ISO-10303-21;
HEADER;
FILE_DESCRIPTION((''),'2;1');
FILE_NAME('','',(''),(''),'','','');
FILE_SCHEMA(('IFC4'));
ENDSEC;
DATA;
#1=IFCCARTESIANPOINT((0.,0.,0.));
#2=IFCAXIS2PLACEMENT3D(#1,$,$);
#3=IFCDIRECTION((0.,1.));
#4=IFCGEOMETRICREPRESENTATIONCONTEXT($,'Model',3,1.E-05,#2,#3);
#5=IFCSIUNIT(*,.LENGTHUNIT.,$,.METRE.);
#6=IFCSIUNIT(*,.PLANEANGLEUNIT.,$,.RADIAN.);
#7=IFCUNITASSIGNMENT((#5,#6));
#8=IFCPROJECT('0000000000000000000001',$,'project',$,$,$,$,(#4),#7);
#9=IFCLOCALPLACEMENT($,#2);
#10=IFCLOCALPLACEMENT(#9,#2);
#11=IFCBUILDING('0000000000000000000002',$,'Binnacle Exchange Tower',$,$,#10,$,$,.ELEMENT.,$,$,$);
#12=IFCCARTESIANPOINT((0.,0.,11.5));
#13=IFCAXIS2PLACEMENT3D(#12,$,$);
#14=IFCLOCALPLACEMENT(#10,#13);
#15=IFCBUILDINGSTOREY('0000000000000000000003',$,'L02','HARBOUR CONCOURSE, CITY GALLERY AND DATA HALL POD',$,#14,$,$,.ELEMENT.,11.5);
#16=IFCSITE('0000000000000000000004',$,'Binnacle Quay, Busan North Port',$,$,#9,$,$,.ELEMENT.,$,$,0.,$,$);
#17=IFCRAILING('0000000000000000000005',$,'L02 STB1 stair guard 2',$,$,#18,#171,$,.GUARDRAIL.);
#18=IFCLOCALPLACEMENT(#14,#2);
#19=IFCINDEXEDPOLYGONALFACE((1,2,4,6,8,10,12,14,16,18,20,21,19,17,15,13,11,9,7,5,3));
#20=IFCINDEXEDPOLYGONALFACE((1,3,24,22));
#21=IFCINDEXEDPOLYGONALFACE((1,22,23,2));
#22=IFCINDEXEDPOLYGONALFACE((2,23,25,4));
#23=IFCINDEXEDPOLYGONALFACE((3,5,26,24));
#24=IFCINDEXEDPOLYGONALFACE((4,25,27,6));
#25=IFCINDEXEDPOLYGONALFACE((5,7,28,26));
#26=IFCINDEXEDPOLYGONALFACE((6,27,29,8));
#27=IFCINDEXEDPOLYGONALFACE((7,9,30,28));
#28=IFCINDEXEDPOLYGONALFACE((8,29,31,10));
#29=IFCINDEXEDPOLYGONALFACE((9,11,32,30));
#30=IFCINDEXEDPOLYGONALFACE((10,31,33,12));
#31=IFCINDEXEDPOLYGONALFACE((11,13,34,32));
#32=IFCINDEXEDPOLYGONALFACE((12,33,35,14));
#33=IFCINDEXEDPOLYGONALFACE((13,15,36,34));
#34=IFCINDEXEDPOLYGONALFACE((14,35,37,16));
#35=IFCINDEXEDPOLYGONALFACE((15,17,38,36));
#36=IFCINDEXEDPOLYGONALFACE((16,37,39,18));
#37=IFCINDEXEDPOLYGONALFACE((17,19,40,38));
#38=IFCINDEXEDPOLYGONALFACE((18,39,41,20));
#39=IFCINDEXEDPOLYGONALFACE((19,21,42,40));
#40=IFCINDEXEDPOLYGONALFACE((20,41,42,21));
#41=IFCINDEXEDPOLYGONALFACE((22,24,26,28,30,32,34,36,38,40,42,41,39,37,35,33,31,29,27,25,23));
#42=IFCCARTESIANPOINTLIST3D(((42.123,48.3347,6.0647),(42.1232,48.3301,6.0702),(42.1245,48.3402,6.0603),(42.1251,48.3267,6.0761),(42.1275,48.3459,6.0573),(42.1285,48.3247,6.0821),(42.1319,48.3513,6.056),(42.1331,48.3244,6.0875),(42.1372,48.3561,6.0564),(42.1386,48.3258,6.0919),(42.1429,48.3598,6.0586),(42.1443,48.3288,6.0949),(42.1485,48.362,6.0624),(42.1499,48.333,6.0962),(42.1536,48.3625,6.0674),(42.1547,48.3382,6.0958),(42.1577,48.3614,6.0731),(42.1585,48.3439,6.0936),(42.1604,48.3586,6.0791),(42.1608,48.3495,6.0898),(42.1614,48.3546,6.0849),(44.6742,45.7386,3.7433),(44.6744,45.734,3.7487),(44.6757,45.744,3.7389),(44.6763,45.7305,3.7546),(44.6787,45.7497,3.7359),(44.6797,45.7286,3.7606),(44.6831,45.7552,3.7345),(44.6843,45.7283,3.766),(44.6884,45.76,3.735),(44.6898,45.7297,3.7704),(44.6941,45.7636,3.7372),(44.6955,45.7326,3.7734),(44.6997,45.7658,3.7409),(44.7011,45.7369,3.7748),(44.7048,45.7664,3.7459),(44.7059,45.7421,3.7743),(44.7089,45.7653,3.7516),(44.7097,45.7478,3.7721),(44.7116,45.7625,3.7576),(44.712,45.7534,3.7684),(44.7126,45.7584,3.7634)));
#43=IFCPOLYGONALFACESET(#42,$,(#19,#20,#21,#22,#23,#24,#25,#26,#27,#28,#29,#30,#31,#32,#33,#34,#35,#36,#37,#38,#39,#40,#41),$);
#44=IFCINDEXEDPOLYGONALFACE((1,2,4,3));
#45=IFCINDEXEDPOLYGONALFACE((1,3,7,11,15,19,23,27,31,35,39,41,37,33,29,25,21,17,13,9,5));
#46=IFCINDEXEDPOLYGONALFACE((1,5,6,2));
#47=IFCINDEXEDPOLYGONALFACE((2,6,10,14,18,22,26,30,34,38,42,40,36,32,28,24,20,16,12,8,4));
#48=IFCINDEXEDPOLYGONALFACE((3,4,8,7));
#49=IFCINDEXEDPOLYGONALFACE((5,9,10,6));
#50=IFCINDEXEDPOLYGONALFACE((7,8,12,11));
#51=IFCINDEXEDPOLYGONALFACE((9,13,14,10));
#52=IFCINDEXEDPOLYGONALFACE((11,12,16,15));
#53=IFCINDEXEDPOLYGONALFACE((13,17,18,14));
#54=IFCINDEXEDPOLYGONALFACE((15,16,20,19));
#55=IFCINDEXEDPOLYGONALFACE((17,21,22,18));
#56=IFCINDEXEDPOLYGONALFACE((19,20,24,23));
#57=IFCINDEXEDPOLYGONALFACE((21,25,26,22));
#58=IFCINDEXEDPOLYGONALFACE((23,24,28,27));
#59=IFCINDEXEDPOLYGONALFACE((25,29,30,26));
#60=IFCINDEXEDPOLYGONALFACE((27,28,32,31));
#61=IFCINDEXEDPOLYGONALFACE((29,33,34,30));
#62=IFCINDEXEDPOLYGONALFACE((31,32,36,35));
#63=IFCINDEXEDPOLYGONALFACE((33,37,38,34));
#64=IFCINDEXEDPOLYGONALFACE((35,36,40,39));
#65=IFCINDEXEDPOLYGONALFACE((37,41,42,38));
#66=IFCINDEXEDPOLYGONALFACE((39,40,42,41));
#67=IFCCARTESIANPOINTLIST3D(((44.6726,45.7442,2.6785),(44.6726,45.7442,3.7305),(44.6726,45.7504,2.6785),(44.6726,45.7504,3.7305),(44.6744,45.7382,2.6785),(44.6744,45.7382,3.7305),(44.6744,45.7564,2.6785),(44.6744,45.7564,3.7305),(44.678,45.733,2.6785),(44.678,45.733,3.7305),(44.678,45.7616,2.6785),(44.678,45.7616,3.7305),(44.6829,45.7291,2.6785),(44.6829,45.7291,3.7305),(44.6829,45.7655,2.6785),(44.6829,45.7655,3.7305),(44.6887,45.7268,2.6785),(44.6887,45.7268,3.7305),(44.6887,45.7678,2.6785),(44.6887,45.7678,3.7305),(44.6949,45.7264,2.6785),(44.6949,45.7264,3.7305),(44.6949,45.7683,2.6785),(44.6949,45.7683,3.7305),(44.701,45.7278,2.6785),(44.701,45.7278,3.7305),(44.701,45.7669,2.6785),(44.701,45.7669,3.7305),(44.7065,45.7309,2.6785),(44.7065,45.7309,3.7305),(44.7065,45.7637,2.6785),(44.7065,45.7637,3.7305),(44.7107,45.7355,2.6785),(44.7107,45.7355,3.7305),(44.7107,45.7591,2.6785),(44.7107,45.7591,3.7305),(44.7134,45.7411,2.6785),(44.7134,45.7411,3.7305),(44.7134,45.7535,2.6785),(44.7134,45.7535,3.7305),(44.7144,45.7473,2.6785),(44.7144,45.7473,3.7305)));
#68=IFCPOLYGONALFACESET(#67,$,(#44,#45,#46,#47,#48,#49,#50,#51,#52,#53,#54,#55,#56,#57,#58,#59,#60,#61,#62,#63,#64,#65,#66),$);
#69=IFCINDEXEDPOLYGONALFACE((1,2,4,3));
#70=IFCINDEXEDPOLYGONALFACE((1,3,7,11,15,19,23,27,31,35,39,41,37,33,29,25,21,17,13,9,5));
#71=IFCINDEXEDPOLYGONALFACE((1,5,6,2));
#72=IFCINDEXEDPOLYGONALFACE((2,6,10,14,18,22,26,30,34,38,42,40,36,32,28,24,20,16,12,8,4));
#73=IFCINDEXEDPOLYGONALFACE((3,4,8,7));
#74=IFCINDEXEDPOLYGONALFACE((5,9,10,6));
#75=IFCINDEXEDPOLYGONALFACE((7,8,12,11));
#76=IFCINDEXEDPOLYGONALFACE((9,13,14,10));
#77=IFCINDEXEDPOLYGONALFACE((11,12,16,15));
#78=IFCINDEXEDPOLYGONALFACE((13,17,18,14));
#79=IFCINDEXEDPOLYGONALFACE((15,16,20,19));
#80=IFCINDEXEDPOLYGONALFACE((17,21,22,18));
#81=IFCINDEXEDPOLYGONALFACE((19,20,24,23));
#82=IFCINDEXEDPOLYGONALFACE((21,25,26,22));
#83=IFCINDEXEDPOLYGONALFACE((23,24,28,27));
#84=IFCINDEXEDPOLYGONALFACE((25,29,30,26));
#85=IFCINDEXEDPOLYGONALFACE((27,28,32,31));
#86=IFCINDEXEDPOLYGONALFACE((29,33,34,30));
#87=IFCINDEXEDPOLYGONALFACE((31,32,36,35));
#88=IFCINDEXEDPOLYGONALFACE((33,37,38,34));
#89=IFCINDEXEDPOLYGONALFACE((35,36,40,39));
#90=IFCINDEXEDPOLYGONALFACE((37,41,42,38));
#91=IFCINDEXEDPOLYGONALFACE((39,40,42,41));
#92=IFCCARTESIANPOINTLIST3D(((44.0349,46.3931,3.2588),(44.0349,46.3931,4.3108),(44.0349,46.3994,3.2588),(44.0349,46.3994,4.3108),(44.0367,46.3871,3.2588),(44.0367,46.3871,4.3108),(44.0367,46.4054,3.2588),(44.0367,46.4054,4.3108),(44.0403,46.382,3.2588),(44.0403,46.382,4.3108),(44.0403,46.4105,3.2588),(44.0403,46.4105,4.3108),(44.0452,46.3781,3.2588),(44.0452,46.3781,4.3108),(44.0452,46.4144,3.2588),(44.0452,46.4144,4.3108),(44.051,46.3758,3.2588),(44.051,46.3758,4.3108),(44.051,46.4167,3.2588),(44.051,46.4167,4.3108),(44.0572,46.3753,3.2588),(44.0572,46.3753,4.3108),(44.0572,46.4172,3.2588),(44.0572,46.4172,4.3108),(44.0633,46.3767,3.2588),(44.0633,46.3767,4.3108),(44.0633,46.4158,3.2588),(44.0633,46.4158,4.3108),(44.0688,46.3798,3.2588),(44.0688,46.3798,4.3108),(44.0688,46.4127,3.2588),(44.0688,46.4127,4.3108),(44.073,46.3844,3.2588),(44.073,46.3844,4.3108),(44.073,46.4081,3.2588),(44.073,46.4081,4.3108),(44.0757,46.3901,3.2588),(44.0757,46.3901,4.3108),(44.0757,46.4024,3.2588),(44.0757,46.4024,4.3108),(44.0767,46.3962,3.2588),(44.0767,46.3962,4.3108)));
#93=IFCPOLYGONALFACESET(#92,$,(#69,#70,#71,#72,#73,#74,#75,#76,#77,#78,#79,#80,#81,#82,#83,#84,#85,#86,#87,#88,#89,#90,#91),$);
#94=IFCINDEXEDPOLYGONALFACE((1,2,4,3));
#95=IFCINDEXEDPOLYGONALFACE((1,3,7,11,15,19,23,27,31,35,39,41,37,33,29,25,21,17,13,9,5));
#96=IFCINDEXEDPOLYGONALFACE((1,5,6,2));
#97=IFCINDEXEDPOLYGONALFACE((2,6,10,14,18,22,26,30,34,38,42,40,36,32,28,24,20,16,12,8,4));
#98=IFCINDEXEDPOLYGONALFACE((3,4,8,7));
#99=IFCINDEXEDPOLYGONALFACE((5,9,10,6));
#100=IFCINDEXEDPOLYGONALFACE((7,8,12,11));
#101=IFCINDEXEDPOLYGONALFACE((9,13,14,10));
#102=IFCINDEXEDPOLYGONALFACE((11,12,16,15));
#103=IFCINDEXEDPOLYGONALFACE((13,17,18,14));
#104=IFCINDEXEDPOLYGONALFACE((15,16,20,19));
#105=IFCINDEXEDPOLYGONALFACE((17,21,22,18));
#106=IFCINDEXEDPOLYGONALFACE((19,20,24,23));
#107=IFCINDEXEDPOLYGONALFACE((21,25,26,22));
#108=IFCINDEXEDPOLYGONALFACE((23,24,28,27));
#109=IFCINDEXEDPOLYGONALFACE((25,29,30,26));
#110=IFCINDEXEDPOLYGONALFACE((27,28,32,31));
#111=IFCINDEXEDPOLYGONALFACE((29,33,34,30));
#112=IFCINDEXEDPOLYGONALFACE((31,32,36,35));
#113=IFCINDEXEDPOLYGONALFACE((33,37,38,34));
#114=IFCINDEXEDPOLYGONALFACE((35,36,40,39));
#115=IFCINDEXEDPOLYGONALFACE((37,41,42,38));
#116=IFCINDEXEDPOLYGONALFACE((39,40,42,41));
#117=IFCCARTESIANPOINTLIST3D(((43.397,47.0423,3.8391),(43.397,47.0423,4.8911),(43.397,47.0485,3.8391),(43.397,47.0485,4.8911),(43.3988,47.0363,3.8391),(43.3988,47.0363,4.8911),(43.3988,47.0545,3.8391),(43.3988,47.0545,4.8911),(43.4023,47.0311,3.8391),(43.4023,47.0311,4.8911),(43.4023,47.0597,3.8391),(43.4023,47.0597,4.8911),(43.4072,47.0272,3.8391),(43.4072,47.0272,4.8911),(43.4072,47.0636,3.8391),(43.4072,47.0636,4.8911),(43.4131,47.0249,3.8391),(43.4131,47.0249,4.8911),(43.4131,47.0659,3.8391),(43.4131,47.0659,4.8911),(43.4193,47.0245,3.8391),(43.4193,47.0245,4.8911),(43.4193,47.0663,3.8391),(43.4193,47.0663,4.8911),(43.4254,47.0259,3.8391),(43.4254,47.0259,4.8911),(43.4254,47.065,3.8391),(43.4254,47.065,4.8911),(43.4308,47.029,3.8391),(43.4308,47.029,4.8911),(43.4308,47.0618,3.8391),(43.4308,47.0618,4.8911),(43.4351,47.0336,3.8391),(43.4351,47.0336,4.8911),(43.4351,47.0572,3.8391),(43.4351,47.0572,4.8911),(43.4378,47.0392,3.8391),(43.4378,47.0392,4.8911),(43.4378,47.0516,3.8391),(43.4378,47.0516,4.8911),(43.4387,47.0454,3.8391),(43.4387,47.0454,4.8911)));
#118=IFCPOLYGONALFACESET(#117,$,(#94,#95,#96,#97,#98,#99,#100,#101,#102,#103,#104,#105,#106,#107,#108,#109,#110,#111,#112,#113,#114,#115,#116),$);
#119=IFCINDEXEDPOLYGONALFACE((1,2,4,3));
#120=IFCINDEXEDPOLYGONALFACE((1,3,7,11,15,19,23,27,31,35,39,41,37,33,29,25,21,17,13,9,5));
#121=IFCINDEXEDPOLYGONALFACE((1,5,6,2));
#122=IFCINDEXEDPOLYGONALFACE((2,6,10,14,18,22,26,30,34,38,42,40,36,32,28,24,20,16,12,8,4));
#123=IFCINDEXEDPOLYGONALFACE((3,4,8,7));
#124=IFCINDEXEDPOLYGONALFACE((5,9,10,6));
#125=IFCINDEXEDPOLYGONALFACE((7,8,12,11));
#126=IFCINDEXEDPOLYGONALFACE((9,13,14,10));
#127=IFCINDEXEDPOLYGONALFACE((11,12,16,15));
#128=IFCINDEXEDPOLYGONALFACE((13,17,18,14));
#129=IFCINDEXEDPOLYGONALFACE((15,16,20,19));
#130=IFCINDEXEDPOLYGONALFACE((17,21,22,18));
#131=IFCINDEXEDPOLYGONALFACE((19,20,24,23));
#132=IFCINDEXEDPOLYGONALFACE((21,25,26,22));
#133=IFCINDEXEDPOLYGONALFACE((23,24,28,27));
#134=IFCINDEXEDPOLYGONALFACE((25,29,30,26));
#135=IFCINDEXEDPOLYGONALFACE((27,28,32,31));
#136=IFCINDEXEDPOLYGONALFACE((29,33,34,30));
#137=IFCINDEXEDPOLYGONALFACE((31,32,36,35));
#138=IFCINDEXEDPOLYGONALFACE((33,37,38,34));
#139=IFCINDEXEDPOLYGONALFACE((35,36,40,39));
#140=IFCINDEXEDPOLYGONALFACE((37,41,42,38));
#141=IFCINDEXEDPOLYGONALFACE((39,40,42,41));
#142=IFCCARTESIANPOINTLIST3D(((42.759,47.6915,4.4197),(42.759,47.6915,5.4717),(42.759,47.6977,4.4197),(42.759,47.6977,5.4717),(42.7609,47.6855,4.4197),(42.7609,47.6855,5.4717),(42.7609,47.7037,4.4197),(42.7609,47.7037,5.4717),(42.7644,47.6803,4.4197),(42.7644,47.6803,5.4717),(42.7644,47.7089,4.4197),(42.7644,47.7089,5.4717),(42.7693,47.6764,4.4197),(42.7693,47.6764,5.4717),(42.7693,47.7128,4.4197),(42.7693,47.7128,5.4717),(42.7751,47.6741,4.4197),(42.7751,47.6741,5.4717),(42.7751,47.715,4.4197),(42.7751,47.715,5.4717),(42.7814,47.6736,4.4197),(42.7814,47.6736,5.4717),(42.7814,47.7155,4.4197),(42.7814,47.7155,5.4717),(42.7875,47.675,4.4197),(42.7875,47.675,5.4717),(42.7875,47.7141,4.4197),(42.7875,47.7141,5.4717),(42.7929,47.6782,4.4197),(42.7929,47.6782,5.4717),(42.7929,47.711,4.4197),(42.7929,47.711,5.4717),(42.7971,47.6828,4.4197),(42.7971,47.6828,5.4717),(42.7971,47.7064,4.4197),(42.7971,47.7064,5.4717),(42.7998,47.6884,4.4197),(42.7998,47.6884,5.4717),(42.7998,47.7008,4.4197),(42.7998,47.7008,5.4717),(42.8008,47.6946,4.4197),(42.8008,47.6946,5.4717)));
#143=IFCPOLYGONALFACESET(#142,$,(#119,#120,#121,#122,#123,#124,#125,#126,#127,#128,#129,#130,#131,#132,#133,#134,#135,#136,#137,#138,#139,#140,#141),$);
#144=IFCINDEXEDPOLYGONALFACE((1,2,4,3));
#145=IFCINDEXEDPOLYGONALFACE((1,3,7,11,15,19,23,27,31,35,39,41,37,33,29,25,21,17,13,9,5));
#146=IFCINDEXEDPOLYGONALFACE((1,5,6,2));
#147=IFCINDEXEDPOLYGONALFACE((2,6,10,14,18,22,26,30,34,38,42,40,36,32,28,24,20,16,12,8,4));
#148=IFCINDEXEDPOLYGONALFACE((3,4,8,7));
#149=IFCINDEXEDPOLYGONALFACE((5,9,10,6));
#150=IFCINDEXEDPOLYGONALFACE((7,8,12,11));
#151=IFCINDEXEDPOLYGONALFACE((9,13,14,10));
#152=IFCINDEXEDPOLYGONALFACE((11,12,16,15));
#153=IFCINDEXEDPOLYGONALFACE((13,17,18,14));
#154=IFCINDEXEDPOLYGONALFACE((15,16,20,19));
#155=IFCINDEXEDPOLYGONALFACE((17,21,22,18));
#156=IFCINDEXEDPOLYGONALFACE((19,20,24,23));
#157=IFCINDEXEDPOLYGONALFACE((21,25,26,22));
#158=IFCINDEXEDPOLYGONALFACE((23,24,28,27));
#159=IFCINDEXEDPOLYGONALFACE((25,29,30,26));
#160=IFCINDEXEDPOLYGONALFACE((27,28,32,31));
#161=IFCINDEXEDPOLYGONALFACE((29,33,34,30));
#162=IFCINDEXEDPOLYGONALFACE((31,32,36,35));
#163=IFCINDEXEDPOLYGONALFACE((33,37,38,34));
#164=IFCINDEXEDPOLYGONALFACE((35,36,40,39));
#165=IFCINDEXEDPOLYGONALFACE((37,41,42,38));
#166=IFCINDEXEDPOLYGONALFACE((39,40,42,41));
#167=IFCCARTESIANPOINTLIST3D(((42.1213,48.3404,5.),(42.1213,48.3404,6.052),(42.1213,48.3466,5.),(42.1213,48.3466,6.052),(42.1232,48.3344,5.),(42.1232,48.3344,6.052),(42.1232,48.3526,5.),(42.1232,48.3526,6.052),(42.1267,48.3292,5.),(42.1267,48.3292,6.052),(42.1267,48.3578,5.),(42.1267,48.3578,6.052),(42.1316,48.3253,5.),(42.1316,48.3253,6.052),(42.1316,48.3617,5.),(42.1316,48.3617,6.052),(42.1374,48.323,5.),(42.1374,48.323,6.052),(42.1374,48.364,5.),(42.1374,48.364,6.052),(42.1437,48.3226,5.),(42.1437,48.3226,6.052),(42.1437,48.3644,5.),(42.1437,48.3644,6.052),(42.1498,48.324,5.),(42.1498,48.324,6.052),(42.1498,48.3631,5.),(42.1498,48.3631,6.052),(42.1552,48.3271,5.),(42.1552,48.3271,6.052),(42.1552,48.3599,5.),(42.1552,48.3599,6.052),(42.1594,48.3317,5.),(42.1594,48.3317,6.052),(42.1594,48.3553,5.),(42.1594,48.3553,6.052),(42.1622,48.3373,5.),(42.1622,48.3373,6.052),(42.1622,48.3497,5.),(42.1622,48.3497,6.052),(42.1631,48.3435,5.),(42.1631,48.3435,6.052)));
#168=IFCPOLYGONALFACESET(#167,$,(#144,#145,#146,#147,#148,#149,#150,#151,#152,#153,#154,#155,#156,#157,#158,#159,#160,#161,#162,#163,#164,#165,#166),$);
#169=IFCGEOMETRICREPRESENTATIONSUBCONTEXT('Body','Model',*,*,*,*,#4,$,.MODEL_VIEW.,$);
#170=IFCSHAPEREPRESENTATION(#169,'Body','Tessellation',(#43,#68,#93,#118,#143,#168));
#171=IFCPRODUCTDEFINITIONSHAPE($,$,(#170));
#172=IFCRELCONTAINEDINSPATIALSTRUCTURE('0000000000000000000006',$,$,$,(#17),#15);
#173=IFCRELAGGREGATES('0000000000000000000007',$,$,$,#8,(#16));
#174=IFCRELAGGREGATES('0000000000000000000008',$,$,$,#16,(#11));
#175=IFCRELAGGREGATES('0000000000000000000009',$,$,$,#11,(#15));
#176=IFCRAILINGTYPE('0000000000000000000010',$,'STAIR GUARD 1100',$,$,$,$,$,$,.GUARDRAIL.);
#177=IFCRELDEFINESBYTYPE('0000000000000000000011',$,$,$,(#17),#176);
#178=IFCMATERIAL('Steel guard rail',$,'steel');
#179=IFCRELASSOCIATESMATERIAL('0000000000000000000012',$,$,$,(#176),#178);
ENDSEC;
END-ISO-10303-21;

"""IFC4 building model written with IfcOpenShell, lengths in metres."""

from ifc_helpers import new_model, si_unit, direction, frame, origin, origin_2d, place, context, subcontext, project, spatial, circle, extrude, material, type_object, element, save


model = new_model("IFC4")

# Units and contexts
model_context = context("Model", 3, precision=1e-05, world=origin(), true_north=direction((0.0, 1.0)))
body_context = subcontext(model_context, "Body", "Model", "MODEL_VIEW")
ifc_project = project(units=[si_unit("LENGTHUNIT", "METRE"), si_unit("PLANEANGLEUNIT", "RADIAN")], contexts=[model_context])

# Site, building, storey
site_placement = place(None, origin())
site = spatial("IfcSite", under=ifc_project, at=site_placement, Name="Binnacle Quay, Busan North Port", CompositionType="ELEMENT", RefElevation=0.0)
building_placement = place(site_placement, origin())
building = spatial("IfcBuilding", under=site, at=building_placement, Name="Binnacle Exchange Tower", CompositionType="ELEMENT")
storey_placement = place(building_placement, frame((0.0, 0.0, 11.5)))
storey = spatial("IfcBuildingStorey", under=building, at=storey_placement, Name="L02", Description="HARBOUR CONCOURSE, CITY GALLERY AND DATA HALL POD", CompositionType="ELEMENT", Elevation=11.5)

# Railing
ifc_material_1 = material(Name="Steel guard rail", Category="steel")
railing_type_1 = type_object("IfcRailingType", Name="STAIR GUARD 1100", PredefinedType="GUARDRAIL", material=ifc_material_1)
railing_1_placement = place(storey_placement, frame((44.6934, 45.7473, 2.6785)))
element("IfcRailing", 1, at=railing_1_placement, inside=storey, type_object=railing_type_1, Name="L02 STB1 stair guard 2", PredefinedType="GUARDRAIL", context=body_context, shape_type="SweptSolid", body=[
    extrude(circle(Radius=0.0239, at=origin_2d()), frame((0.0, 0.0, 1.0762), z_axis=(-0.590947, 0.601352, 0.537733), x_axis=(-0.713251, -0.700909, 0.0)), (0.0, 0.0, 1.0), 4.3171),
    extrude(circle(Radius=0.021, at=origin_2d()), origin(), (0.0, 0.0, 1.0), 1.052),
    extrude(circle(Radius=0.021, at=origin_2d()), frame((-0.6377, 0.6489, 0.5803)), (0.0, 0.0, 1.0), 1.052),
    extrude(circle(Radius=0.021, at=origin_2d()), frame((-1.2756, 1.2981, 1.1606)), (0.0, 0.0, 1.0), 1.052),
    extrude(circle(Radius=0.021, at=origin_2d()), frame((-1.9136, 1.9473, 1.7412)), (0.0, 0.0, 1.0), 1.052),
    extrude(circle(Radius=0.021, at=origin_2d()), frame((-2.5513, 2.5962, 2.3215)), (0.0, 0.0, 1.0), 1.052),
])

save(model, "model.ifc")
